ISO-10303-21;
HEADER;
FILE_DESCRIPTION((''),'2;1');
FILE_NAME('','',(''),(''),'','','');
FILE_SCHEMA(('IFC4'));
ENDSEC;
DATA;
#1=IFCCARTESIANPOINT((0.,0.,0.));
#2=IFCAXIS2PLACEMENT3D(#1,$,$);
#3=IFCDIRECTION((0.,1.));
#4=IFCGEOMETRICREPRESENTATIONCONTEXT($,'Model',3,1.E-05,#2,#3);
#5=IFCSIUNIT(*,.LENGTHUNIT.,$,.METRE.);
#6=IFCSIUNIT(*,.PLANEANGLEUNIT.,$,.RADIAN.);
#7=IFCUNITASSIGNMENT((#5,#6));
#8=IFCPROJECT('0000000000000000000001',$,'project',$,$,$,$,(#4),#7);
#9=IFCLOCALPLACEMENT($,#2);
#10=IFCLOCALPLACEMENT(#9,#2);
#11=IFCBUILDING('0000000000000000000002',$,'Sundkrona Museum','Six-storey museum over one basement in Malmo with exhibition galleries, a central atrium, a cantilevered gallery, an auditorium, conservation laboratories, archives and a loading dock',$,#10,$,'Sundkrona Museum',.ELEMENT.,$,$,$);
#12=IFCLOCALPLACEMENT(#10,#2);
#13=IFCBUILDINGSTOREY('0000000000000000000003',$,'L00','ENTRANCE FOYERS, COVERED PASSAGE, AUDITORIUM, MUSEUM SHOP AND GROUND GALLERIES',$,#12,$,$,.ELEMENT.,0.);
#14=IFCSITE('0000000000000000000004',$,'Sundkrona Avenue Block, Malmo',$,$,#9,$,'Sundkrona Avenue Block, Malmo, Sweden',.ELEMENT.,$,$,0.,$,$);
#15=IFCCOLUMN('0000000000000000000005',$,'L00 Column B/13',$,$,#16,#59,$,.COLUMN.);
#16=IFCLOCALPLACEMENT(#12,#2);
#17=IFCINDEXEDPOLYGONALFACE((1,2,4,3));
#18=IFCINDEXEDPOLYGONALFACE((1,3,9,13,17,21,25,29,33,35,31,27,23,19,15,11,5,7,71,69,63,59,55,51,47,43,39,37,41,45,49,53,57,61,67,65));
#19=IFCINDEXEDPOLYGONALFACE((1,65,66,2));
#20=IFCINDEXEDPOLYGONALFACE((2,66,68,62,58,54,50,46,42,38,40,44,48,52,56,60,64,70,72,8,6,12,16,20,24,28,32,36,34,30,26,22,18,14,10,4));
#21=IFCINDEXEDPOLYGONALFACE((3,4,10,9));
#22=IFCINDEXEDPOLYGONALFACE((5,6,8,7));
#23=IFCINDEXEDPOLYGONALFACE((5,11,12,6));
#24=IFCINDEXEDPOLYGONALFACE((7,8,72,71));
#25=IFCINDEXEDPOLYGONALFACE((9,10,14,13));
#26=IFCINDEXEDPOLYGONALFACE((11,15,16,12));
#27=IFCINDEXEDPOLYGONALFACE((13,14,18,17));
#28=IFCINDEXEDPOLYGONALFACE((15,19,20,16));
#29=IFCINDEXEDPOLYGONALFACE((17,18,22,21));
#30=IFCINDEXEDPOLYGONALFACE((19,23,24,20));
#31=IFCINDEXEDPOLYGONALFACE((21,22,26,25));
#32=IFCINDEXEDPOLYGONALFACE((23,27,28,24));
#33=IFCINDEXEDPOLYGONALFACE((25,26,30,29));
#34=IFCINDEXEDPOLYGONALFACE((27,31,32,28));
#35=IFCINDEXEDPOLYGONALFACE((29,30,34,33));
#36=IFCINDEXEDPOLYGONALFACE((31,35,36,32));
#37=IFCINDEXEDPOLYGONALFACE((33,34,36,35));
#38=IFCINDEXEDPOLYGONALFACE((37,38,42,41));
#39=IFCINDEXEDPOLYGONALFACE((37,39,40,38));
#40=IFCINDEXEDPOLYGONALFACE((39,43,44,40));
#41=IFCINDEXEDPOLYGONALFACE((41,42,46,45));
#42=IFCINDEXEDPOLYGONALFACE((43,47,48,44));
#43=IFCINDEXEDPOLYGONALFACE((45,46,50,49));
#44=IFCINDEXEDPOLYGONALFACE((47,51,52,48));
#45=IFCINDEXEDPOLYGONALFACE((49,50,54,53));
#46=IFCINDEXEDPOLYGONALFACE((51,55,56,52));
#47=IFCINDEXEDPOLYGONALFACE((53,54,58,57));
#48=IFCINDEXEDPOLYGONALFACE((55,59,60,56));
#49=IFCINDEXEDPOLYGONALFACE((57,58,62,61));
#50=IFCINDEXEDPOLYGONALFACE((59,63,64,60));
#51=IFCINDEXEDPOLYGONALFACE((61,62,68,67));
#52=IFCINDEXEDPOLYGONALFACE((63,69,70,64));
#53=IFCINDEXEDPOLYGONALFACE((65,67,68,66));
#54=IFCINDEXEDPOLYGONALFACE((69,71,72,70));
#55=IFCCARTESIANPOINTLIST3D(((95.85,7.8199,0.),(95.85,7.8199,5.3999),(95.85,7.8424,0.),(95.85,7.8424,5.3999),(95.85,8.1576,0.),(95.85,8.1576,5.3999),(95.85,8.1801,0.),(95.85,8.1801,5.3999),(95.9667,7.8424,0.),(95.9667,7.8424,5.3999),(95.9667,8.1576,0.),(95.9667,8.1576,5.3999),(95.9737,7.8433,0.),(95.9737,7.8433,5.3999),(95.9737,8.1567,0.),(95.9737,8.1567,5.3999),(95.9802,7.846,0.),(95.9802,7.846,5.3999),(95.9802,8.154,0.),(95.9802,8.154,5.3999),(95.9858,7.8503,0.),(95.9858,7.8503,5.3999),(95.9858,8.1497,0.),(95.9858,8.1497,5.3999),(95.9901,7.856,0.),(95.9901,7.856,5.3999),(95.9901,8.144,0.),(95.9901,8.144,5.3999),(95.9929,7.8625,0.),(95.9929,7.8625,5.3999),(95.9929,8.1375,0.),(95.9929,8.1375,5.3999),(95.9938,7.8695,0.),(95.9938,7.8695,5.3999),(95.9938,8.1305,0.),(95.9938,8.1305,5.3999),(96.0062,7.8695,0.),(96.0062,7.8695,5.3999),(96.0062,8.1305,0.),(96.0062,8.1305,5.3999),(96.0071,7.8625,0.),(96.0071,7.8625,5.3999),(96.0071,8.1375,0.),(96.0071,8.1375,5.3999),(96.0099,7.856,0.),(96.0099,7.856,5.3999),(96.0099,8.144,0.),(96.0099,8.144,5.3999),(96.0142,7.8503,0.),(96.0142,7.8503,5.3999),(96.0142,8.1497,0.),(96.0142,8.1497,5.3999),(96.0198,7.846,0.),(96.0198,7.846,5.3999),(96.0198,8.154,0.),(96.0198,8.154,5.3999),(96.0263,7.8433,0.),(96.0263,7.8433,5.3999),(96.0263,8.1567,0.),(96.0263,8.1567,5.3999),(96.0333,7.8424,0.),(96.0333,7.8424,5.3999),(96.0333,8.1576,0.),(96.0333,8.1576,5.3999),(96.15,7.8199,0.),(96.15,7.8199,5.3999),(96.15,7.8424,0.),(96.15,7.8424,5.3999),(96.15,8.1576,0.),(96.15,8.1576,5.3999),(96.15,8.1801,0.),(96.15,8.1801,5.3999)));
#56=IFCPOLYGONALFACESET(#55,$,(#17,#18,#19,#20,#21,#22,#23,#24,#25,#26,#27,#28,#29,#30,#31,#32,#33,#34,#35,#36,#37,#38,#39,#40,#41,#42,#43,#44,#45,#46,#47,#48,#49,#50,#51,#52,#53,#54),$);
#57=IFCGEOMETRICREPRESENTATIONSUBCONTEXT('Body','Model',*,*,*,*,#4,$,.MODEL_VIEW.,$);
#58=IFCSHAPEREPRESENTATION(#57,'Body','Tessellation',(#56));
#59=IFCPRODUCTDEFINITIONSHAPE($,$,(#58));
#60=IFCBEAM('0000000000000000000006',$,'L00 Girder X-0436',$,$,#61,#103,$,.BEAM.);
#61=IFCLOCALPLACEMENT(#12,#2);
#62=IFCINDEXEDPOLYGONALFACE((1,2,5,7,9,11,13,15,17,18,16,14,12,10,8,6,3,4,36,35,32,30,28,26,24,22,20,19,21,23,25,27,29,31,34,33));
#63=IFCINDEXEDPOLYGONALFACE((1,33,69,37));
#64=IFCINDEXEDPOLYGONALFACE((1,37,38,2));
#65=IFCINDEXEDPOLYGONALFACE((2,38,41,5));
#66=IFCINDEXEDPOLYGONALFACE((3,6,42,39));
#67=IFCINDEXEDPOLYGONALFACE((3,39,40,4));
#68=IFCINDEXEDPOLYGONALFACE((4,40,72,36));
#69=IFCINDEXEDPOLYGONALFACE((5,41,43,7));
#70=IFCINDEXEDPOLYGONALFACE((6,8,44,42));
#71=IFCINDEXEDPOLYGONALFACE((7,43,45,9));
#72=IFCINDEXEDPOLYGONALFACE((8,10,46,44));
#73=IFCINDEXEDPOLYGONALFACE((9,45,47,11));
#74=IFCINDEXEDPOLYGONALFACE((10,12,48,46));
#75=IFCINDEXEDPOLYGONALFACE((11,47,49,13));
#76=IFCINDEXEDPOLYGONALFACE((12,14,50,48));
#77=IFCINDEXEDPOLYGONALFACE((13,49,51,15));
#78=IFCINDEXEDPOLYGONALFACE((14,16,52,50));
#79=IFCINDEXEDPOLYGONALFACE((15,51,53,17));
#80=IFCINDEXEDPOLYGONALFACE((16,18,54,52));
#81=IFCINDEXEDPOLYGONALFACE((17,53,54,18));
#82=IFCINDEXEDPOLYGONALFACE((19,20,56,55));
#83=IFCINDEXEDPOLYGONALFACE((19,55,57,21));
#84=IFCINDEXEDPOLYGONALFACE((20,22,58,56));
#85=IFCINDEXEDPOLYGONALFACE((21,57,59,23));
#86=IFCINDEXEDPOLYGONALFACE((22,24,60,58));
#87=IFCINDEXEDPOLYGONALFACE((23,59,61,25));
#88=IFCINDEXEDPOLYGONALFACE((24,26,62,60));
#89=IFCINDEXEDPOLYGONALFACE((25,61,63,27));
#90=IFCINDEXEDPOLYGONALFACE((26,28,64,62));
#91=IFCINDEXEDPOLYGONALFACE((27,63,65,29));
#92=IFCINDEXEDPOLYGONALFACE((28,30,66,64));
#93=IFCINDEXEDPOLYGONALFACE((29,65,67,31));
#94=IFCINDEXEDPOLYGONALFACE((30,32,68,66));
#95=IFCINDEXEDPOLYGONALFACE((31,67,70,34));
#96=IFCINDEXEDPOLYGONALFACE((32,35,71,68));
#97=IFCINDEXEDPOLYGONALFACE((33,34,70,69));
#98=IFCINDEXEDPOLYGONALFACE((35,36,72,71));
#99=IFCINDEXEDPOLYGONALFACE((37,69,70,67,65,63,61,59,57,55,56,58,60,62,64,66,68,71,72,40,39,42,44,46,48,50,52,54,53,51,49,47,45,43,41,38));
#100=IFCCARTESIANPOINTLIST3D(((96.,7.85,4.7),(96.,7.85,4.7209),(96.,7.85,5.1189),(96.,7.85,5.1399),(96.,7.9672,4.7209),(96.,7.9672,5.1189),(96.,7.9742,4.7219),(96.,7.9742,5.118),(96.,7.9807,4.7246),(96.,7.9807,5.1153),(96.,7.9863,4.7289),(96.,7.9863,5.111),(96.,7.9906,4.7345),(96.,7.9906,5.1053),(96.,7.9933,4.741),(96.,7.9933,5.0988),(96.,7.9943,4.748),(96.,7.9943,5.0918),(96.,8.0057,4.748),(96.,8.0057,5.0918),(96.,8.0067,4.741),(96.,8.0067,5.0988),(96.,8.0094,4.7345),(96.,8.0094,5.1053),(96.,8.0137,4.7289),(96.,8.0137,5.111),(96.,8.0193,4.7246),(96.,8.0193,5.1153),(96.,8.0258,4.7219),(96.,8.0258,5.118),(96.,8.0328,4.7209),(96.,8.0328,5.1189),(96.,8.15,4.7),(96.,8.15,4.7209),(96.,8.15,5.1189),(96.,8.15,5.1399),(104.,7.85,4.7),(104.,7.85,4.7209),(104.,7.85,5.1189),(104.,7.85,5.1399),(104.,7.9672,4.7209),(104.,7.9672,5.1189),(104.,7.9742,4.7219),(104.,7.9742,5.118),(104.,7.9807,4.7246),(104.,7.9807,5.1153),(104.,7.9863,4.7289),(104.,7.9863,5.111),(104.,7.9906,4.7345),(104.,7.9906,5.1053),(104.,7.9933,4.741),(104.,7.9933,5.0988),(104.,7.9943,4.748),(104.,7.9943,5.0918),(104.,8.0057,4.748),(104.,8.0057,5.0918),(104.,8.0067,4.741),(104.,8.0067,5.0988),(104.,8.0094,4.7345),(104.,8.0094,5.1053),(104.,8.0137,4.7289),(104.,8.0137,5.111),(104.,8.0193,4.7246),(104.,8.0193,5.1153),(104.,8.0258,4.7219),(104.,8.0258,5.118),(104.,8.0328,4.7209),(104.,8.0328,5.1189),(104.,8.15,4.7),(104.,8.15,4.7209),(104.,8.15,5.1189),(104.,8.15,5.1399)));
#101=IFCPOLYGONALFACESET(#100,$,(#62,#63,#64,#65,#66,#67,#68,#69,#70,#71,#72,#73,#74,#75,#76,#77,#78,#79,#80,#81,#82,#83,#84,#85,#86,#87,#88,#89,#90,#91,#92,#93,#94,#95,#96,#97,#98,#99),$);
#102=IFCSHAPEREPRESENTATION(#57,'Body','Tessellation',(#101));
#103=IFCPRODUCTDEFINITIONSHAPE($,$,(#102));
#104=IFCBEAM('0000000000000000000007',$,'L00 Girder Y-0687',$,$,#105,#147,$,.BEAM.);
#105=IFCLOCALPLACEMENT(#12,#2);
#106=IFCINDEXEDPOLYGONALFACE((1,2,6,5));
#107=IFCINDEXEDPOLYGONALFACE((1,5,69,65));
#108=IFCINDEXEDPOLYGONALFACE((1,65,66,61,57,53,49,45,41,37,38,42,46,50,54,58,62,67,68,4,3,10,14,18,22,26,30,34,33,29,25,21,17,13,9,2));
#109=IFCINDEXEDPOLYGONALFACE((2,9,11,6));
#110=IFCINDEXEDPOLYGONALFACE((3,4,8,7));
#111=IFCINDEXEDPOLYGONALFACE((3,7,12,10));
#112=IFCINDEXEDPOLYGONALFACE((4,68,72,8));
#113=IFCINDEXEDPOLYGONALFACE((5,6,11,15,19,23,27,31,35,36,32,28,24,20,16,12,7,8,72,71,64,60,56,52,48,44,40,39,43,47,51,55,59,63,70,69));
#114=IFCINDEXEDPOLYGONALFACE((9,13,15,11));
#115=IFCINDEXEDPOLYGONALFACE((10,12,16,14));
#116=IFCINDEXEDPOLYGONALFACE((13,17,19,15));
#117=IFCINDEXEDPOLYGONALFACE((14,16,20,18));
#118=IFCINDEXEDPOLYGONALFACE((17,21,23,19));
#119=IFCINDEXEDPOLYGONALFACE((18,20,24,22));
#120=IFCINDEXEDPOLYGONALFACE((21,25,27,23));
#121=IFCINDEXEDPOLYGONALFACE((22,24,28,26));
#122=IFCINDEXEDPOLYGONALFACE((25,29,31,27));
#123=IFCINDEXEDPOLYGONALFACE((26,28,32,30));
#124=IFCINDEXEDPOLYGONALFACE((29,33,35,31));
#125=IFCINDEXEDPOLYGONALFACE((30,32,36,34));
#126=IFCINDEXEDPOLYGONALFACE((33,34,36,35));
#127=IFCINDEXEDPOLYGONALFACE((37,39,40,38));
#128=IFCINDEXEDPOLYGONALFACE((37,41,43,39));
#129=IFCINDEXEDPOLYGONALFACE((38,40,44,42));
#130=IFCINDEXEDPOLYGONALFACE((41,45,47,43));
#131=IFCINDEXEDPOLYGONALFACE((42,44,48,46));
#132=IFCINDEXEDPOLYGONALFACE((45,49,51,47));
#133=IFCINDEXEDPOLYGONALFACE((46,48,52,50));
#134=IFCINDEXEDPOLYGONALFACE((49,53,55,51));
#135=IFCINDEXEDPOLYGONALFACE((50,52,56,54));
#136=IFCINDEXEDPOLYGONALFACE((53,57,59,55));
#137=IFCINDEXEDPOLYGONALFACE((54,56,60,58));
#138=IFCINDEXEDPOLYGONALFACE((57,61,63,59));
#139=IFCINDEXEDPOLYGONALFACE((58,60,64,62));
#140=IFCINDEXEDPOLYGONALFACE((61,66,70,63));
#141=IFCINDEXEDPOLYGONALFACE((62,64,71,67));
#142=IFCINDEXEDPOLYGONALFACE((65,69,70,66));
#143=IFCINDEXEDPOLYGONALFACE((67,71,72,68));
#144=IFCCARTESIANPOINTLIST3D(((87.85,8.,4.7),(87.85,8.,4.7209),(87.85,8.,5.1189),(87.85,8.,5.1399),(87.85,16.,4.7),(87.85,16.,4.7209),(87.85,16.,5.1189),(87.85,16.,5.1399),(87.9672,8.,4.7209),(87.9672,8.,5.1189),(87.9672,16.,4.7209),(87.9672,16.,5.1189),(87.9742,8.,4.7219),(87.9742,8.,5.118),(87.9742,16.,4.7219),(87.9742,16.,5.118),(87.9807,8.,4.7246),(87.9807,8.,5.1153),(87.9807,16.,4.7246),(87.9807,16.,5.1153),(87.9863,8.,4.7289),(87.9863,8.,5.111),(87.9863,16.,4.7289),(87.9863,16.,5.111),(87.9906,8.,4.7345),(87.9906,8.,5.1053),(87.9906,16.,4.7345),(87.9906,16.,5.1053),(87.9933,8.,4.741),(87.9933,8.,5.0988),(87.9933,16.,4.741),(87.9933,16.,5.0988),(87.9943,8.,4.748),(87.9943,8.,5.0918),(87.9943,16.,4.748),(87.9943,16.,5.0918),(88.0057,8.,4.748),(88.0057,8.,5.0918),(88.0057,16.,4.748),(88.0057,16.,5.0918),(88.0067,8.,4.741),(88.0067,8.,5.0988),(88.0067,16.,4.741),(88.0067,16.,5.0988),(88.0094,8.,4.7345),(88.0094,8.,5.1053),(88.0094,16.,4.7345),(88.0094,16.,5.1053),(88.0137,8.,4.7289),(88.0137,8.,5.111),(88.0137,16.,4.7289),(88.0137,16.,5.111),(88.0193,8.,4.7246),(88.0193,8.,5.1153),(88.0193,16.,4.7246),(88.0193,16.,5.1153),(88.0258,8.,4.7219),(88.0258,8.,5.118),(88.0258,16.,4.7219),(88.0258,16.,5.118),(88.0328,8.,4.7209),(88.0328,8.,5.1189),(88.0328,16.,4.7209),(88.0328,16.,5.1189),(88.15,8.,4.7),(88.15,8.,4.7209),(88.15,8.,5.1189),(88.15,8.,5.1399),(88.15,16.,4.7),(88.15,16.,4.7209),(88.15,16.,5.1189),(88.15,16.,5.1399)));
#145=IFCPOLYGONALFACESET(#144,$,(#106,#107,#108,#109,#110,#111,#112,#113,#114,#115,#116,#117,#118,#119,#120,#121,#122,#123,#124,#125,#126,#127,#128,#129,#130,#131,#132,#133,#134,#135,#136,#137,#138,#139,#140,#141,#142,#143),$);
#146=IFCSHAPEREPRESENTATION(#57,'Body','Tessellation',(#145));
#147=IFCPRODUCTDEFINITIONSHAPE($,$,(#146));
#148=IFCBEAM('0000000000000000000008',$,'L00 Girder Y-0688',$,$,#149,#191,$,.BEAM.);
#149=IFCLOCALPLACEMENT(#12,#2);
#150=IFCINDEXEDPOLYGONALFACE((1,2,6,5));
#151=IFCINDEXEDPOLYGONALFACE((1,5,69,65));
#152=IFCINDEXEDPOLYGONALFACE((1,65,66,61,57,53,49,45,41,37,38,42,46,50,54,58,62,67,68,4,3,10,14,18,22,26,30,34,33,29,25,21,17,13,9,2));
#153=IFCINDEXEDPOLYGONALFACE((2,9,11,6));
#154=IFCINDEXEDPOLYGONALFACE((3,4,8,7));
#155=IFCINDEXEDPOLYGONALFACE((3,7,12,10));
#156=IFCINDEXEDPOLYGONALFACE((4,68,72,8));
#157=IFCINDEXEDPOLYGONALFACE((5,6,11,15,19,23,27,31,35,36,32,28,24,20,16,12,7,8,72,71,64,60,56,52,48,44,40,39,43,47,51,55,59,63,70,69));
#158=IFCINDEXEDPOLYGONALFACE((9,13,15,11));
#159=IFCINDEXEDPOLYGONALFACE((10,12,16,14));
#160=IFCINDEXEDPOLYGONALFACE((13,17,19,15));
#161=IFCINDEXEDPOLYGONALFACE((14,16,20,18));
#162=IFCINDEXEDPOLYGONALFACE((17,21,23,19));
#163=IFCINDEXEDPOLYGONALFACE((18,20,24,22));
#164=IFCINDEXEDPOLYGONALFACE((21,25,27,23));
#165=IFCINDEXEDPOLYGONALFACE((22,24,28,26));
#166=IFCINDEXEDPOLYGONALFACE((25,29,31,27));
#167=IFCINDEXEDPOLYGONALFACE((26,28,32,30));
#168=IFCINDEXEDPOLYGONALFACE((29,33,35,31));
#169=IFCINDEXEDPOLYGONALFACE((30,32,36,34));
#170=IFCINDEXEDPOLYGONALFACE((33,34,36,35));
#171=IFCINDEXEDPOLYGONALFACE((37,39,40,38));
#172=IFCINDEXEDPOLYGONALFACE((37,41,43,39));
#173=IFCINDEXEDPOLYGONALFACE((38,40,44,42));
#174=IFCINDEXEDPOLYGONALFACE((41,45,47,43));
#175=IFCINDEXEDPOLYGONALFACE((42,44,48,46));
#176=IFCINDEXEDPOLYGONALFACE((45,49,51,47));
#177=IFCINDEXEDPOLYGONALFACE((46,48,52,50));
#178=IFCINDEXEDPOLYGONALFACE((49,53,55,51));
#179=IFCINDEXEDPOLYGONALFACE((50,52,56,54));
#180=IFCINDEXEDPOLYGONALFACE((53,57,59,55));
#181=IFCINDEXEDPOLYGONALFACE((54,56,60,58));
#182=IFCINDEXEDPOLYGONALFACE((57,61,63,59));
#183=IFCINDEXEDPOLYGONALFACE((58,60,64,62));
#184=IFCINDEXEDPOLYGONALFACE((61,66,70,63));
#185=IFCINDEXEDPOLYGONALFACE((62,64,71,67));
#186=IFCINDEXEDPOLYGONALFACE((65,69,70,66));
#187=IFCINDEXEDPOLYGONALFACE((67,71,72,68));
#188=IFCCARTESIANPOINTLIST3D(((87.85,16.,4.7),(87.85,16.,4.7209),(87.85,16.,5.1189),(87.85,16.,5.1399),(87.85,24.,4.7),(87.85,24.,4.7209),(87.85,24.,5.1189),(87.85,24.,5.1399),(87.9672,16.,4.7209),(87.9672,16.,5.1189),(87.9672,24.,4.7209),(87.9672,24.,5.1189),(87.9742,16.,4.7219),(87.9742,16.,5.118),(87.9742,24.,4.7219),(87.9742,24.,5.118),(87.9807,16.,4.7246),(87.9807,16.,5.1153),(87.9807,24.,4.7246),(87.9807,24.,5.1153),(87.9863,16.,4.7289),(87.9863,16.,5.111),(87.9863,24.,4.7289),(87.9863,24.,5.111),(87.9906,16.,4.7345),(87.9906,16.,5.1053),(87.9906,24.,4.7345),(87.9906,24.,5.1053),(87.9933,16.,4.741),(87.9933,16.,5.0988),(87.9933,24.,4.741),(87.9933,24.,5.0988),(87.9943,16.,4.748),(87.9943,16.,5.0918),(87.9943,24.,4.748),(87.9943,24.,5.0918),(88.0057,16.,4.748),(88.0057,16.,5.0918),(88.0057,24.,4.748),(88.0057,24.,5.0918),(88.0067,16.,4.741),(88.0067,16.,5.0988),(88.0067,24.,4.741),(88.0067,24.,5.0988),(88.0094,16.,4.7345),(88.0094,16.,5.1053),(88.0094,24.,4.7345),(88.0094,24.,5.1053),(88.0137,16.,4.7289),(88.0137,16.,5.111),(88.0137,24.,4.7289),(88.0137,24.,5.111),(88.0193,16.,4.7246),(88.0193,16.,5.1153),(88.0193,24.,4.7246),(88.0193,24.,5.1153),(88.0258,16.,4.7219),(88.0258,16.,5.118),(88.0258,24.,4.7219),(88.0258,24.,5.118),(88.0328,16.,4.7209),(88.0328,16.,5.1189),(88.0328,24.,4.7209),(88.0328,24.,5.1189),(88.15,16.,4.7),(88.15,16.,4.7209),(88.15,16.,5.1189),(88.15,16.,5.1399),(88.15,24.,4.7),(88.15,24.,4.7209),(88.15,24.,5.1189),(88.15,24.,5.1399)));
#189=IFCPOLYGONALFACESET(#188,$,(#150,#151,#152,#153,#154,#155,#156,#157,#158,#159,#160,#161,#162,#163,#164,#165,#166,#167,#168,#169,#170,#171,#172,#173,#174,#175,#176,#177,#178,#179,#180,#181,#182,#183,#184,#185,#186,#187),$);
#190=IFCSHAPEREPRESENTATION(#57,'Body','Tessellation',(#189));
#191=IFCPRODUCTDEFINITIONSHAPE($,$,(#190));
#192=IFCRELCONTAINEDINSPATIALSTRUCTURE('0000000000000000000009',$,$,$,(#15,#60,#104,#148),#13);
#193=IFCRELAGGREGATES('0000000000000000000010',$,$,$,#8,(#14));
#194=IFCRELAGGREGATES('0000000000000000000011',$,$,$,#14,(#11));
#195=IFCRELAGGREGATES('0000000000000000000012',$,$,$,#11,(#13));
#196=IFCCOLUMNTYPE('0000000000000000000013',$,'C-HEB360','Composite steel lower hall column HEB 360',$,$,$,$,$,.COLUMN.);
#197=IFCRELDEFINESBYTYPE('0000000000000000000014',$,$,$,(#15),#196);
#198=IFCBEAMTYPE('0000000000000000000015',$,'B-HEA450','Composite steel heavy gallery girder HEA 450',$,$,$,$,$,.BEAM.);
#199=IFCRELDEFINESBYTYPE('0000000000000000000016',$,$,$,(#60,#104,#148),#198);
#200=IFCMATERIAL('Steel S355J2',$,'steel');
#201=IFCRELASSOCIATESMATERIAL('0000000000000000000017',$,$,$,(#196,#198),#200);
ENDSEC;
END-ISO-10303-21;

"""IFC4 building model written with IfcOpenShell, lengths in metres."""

from ifc_helpers import new_model, si_unit, direction, frame, origin, origin_2d, place, context, subcontext, project, spatial, i_section, extrude, material, material_profile, profile_set, type_object, element, save


model = new_model("IFC4")

# Units and contexts
model_context = context("Model", 3, precision=1e-05, world=origin(), true_north=direction((0.0, 1.0)))
body_context = subcontext(model_context, "Body", "Model", "MODEL_VIEW")
ifc_project = project(units=[si_unit("LENGTHUNIT", "METRE"), si_unit("PLANEANGLEUNIT", "RADIAN")], contexts=[model_context])

# Site, building, storey
site_placement = place(None, origin())
site = spatial("IfcSite", under=ifc_project, at=site_placement, Name="Sundkrona Avenue Block, Malmo", LongName="Sundkrona Avenue Block, Malmo, Sweden", CompositionType="ELEMENT", RefElevation=0.0)
building_placement = place(site_placement, origin())
building = spatial("IfcBuilding", under=site, at=building_placement, Name="Sundkrona Museum", Description="Six-storey museum over one basement in Malmo with exhibition galleries, a central atrium, a cantilevered gallery, an auditorium, conservation laboratories, archives and a loading dock", LongName="Sundkrona Museum", CompositionType="ELEMENT")
storey_placement = place(building_placement, origin())
storey = spatial("IfcBuildingStorey", under=building, at=storey_placement, Name="L00", Description="ENTRANCE FOYERS, COVERED PASSAGE, AUDITORIUM, MUSEUM SHOP AND GROUND GALLERIES", CompositionType="ELEMENT", Elevation=0.0)

# Column
ifc_material_1 = material(Name="Steel S355J2", Category="steel")
ifc_material_profile_1 = material_profile(ifc_material_1, i_section(OverallWidth=0.3, OverallDepth=0.3601, WebThickness=0.0125, FlangeThickness=0.0225, FilletRadius=0.0271, at=origin_2d()), Name="HEB 360")
ifc_profile_set_1 = profile_set([ifc_material_profile_1], Name="Steel S355J2")
column_type_1 = type_object("IfcColumnType", Name="C-HEB360", Description="Composite steel lower hall column HEB 360", PredefinedType="COLUMN", material=ifc_profile_set_1)
for number, where, z_axis, x_axis, name in (
    (1, (96.0, 8.0, 0.0), (0.0, 0.0, 1.0), (1.0, 0.0, 0.0), "L00 Column B/13"),
):
    element("IfcColumn", number, at=place(storey_placement, frame(where, z_axis=z_axis, x_axis=x_axis)), inside=storey, type_object=column_type_1, Name=name, PredefinedType="COLUMN", context=body_context, shape_type="SweptSolid", body=[
        extrude(i_section(OverallWidth=0.3, OverallDepth=0.3601, WebThickness=0.0125, FlangeThickness=0.0225, FilletRadius=0.0271, at=origin_2d()), origin(), (0.0, 0.0, 1.0), 5.3999),
    ])

# Beams
ifc_material_profile_2 = material_profile(ifc_material_1, i_section(OverallWidth=0.3, OverallDepth=0.4399, WebThickness=0.0115, FlangeThickness=0.021, FilletRadius=0.0271, at=origin_2d()), Name="HEA 450")
ifc_profile_set_2 = profile_set([ifc_material_profile_2], Name="Steel S355J2")
beam_type = type_object("IfcBeamType", Name="B-HEA450", Description="Composite steel heavy gallery girder HEA 450", PredefinedType="BEAM", material=ifc_profile_set_2)
for number, where, z_axis, x_axis, name in (
    (2, (96.0, 8.0, 4.9199), (1.0, 0.0, 0.0), (0.0, 1.0, 0.0), "L00 Girder X-0436"),
    (3, (88.0, 8.0, 4.9199), (0.0, 1.0, 0.0), (-1.0, 0.0, 0.0), "L00 Girder Y-0687"),
    (4, (88.0, 16.0, 4.9199), (0.0, 1.0, 0.0), (-1.0, 0.0, 0.0), "L00 Girder Y-0688"),
):
    element("IfcBeam", number, at=place(storey_placement, frame(where, z_axis=z_axis, x_axis=x_axis)), inside=storey, type_object=beam_type, Name=name, PredefinedType="BEAM", context=body_context, shape_type="SweptSolid", body=[
        extrude(i_section(OverallWidth=0.3, OverallDepth=0.4399, WebThickness=0.0115, FlangeThickness=0.021, FilletRadius=0.0271, at=origin_2d()), origin(), (0.0, 0.0, 1.0), 8.0),
    ])

save(model, "model.ifc")
